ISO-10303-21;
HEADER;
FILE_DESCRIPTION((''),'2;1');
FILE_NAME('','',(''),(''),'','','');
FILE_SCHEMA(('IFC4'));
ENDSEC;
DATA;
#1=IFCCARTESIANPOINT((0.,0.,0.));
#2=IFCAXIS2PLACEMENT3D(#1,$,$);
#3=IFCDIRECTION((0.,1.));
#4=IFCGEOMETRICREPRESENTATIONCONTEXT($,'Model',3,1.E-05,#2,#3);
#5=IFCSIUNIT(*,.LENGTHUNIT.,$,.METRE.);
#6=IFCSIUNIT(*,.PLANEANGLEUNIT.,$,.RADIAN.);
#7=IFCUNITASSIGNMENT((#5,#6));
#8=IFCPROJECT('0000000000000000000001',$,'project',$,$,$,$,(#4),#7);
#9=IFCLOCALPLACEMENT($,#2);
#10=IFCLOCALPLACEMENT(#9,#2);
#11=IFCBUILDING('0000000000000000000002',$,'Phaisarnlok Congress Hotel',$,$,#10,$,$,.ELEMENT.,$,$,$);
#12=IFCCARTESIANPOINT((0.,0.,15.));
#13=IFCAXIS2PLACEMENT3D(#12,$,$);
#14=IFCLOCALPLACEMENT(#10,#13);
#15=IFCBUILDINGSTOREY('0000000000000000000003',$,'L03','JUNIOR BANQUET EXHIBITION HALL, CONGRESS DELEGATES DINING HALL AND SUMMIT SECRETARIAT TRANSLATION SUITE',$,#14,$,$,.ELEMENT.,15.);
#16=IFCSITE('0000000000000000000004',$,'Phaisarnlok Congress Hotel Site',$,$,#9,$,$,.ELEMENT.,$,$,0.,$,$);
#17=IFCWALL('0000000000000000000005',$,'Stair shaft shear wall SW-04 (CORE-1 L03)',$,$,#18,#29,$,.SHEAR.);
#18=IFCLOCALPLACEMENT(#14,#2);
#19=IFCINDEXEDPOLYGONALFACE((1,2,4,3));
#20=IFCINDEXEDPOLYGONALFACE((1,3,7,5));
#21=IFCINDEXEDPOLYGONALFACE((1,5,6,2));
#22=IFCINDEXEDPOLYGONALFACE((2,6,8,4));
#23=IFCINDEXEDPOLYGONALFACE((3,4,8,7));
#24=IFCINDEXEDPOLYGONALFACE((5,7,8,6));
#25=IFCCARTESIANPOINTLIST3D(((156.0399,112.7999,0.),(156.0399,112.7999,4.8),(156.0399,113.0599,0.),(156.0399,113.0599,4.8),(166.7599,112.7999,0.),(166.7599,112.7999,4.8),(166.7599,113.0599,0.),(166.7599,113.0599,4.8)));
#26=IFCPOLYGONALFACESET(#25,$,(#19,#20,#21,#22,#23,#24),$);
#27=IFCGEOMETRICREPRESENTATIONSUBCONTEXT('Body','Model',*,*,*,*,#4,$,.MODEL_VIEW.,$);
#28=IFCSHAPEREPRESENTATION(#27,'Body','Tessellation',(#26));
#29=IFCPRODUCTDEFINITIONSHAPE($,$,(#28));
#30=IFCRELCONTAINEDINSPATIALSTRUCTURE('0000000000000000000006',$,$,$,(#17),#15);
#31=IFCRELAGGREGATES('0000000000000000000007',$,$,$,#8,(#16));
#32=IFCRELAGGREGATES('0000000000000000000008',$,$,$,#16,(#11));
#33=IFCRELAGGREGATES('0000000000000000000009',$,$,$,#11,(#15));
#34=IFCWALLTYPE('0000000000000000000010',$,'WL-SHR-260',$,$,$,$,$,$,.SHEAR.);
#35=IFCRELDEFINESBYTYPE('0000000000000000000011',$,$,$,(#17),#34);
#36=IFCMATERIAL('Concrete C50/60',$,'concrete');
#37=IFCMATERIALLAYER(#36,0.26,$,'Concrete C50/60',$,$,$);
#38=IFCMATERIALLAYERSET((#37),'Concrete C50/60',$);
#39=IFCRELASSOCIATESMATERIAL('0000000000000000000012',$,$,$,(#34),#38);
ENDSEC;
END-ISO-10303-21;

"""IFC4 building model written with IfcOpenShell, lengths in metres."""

from ifc_helpers import new_model, si_unit, direction, frame, frame_2d, origin, place, context, subcontext, project, spatial, rectangle, extrude, material, layer, layer_set, type_object, element, save


model = new_model("IFC4")

# Units and contexts
model_context = context("Model", 3, precision=1e-05, world=origin(), true_north=direction((0.0, 1.0)))
body_context = subcontext(model_context, "Body", "Model", "MODEL_VIEW")
ifc_project = project(units=[si_unit("LENGTHUNIT", "METRE"), si_unit("PLANEANGLEUNIT", "RADIAN")], contexts=[model_context])

# Site, building, storey
site_placement = place(None, origin())
site = spatial("IfcSite", under=ifc_project, at=site_placement, Name="Phaisarnlok Congress Hotel Site", CompositionType="ELEMENT", RefElevation=0.0)
building_placement = place(site_placement, origin())
building = spatial("IfcBuilding", under=site, at=building_placement, Name="Phaisarnlok Congress Hotel", CompositionType="ELEMENT")
storey_placement = place(building_placement, frame((0.0, 0.0, 15.0)))
storey = spatial("IfcBuildingStorey", under=building, at=storey_placement, Name="L03", Description="JUNIOR BANQUET EXHIBITION HALL, CONGRESS DELEGATES DINING HALL AND SUMMIT SECRETARIAT TRANSLATION SUITE", CompositionType="ELEMENT", Elevation=15.0)

# Shared definitions
ifc_material_1 = material(Name="Concrete C50/60", Category="concrete")

# Wall
ifc_layer_1 = layer(ifc_material_1, 0.26, Name="Concrete C50/60")
ifc_layer_set_1 = layer_set([ifc_layer_1], Name="Concrete C50/60")
wall_type_1 = type_object("IfcWallType", Name="WL-SHR-260", PredefinedType="SHEAR", material=ifc_layer_set_1)
wall_1_placement = place(storey_placement, frame((156.04, 112.9299, 0.0), z_axis=(0.0, 0.0, 1.0), x_axis=(1.0, 0.0, 0.0)))
element("IfcWall", 1, at=wall_1_placement, inside=storey, type_object=wall_type_1, Name="Stair shaft shear wall SW-04 (CORE-1 L03)", PredefinedType="SHEAR", context=body_context, shape_type="SweptSolid", body=[
    extrude(rectangle(XDim=10.72, YDim=0.26, at=frame_2d((5.3599, 0.0))), origin(), (0.0, 0.0, 1.0), 4.8),
])

save(model, "model.ifc")
